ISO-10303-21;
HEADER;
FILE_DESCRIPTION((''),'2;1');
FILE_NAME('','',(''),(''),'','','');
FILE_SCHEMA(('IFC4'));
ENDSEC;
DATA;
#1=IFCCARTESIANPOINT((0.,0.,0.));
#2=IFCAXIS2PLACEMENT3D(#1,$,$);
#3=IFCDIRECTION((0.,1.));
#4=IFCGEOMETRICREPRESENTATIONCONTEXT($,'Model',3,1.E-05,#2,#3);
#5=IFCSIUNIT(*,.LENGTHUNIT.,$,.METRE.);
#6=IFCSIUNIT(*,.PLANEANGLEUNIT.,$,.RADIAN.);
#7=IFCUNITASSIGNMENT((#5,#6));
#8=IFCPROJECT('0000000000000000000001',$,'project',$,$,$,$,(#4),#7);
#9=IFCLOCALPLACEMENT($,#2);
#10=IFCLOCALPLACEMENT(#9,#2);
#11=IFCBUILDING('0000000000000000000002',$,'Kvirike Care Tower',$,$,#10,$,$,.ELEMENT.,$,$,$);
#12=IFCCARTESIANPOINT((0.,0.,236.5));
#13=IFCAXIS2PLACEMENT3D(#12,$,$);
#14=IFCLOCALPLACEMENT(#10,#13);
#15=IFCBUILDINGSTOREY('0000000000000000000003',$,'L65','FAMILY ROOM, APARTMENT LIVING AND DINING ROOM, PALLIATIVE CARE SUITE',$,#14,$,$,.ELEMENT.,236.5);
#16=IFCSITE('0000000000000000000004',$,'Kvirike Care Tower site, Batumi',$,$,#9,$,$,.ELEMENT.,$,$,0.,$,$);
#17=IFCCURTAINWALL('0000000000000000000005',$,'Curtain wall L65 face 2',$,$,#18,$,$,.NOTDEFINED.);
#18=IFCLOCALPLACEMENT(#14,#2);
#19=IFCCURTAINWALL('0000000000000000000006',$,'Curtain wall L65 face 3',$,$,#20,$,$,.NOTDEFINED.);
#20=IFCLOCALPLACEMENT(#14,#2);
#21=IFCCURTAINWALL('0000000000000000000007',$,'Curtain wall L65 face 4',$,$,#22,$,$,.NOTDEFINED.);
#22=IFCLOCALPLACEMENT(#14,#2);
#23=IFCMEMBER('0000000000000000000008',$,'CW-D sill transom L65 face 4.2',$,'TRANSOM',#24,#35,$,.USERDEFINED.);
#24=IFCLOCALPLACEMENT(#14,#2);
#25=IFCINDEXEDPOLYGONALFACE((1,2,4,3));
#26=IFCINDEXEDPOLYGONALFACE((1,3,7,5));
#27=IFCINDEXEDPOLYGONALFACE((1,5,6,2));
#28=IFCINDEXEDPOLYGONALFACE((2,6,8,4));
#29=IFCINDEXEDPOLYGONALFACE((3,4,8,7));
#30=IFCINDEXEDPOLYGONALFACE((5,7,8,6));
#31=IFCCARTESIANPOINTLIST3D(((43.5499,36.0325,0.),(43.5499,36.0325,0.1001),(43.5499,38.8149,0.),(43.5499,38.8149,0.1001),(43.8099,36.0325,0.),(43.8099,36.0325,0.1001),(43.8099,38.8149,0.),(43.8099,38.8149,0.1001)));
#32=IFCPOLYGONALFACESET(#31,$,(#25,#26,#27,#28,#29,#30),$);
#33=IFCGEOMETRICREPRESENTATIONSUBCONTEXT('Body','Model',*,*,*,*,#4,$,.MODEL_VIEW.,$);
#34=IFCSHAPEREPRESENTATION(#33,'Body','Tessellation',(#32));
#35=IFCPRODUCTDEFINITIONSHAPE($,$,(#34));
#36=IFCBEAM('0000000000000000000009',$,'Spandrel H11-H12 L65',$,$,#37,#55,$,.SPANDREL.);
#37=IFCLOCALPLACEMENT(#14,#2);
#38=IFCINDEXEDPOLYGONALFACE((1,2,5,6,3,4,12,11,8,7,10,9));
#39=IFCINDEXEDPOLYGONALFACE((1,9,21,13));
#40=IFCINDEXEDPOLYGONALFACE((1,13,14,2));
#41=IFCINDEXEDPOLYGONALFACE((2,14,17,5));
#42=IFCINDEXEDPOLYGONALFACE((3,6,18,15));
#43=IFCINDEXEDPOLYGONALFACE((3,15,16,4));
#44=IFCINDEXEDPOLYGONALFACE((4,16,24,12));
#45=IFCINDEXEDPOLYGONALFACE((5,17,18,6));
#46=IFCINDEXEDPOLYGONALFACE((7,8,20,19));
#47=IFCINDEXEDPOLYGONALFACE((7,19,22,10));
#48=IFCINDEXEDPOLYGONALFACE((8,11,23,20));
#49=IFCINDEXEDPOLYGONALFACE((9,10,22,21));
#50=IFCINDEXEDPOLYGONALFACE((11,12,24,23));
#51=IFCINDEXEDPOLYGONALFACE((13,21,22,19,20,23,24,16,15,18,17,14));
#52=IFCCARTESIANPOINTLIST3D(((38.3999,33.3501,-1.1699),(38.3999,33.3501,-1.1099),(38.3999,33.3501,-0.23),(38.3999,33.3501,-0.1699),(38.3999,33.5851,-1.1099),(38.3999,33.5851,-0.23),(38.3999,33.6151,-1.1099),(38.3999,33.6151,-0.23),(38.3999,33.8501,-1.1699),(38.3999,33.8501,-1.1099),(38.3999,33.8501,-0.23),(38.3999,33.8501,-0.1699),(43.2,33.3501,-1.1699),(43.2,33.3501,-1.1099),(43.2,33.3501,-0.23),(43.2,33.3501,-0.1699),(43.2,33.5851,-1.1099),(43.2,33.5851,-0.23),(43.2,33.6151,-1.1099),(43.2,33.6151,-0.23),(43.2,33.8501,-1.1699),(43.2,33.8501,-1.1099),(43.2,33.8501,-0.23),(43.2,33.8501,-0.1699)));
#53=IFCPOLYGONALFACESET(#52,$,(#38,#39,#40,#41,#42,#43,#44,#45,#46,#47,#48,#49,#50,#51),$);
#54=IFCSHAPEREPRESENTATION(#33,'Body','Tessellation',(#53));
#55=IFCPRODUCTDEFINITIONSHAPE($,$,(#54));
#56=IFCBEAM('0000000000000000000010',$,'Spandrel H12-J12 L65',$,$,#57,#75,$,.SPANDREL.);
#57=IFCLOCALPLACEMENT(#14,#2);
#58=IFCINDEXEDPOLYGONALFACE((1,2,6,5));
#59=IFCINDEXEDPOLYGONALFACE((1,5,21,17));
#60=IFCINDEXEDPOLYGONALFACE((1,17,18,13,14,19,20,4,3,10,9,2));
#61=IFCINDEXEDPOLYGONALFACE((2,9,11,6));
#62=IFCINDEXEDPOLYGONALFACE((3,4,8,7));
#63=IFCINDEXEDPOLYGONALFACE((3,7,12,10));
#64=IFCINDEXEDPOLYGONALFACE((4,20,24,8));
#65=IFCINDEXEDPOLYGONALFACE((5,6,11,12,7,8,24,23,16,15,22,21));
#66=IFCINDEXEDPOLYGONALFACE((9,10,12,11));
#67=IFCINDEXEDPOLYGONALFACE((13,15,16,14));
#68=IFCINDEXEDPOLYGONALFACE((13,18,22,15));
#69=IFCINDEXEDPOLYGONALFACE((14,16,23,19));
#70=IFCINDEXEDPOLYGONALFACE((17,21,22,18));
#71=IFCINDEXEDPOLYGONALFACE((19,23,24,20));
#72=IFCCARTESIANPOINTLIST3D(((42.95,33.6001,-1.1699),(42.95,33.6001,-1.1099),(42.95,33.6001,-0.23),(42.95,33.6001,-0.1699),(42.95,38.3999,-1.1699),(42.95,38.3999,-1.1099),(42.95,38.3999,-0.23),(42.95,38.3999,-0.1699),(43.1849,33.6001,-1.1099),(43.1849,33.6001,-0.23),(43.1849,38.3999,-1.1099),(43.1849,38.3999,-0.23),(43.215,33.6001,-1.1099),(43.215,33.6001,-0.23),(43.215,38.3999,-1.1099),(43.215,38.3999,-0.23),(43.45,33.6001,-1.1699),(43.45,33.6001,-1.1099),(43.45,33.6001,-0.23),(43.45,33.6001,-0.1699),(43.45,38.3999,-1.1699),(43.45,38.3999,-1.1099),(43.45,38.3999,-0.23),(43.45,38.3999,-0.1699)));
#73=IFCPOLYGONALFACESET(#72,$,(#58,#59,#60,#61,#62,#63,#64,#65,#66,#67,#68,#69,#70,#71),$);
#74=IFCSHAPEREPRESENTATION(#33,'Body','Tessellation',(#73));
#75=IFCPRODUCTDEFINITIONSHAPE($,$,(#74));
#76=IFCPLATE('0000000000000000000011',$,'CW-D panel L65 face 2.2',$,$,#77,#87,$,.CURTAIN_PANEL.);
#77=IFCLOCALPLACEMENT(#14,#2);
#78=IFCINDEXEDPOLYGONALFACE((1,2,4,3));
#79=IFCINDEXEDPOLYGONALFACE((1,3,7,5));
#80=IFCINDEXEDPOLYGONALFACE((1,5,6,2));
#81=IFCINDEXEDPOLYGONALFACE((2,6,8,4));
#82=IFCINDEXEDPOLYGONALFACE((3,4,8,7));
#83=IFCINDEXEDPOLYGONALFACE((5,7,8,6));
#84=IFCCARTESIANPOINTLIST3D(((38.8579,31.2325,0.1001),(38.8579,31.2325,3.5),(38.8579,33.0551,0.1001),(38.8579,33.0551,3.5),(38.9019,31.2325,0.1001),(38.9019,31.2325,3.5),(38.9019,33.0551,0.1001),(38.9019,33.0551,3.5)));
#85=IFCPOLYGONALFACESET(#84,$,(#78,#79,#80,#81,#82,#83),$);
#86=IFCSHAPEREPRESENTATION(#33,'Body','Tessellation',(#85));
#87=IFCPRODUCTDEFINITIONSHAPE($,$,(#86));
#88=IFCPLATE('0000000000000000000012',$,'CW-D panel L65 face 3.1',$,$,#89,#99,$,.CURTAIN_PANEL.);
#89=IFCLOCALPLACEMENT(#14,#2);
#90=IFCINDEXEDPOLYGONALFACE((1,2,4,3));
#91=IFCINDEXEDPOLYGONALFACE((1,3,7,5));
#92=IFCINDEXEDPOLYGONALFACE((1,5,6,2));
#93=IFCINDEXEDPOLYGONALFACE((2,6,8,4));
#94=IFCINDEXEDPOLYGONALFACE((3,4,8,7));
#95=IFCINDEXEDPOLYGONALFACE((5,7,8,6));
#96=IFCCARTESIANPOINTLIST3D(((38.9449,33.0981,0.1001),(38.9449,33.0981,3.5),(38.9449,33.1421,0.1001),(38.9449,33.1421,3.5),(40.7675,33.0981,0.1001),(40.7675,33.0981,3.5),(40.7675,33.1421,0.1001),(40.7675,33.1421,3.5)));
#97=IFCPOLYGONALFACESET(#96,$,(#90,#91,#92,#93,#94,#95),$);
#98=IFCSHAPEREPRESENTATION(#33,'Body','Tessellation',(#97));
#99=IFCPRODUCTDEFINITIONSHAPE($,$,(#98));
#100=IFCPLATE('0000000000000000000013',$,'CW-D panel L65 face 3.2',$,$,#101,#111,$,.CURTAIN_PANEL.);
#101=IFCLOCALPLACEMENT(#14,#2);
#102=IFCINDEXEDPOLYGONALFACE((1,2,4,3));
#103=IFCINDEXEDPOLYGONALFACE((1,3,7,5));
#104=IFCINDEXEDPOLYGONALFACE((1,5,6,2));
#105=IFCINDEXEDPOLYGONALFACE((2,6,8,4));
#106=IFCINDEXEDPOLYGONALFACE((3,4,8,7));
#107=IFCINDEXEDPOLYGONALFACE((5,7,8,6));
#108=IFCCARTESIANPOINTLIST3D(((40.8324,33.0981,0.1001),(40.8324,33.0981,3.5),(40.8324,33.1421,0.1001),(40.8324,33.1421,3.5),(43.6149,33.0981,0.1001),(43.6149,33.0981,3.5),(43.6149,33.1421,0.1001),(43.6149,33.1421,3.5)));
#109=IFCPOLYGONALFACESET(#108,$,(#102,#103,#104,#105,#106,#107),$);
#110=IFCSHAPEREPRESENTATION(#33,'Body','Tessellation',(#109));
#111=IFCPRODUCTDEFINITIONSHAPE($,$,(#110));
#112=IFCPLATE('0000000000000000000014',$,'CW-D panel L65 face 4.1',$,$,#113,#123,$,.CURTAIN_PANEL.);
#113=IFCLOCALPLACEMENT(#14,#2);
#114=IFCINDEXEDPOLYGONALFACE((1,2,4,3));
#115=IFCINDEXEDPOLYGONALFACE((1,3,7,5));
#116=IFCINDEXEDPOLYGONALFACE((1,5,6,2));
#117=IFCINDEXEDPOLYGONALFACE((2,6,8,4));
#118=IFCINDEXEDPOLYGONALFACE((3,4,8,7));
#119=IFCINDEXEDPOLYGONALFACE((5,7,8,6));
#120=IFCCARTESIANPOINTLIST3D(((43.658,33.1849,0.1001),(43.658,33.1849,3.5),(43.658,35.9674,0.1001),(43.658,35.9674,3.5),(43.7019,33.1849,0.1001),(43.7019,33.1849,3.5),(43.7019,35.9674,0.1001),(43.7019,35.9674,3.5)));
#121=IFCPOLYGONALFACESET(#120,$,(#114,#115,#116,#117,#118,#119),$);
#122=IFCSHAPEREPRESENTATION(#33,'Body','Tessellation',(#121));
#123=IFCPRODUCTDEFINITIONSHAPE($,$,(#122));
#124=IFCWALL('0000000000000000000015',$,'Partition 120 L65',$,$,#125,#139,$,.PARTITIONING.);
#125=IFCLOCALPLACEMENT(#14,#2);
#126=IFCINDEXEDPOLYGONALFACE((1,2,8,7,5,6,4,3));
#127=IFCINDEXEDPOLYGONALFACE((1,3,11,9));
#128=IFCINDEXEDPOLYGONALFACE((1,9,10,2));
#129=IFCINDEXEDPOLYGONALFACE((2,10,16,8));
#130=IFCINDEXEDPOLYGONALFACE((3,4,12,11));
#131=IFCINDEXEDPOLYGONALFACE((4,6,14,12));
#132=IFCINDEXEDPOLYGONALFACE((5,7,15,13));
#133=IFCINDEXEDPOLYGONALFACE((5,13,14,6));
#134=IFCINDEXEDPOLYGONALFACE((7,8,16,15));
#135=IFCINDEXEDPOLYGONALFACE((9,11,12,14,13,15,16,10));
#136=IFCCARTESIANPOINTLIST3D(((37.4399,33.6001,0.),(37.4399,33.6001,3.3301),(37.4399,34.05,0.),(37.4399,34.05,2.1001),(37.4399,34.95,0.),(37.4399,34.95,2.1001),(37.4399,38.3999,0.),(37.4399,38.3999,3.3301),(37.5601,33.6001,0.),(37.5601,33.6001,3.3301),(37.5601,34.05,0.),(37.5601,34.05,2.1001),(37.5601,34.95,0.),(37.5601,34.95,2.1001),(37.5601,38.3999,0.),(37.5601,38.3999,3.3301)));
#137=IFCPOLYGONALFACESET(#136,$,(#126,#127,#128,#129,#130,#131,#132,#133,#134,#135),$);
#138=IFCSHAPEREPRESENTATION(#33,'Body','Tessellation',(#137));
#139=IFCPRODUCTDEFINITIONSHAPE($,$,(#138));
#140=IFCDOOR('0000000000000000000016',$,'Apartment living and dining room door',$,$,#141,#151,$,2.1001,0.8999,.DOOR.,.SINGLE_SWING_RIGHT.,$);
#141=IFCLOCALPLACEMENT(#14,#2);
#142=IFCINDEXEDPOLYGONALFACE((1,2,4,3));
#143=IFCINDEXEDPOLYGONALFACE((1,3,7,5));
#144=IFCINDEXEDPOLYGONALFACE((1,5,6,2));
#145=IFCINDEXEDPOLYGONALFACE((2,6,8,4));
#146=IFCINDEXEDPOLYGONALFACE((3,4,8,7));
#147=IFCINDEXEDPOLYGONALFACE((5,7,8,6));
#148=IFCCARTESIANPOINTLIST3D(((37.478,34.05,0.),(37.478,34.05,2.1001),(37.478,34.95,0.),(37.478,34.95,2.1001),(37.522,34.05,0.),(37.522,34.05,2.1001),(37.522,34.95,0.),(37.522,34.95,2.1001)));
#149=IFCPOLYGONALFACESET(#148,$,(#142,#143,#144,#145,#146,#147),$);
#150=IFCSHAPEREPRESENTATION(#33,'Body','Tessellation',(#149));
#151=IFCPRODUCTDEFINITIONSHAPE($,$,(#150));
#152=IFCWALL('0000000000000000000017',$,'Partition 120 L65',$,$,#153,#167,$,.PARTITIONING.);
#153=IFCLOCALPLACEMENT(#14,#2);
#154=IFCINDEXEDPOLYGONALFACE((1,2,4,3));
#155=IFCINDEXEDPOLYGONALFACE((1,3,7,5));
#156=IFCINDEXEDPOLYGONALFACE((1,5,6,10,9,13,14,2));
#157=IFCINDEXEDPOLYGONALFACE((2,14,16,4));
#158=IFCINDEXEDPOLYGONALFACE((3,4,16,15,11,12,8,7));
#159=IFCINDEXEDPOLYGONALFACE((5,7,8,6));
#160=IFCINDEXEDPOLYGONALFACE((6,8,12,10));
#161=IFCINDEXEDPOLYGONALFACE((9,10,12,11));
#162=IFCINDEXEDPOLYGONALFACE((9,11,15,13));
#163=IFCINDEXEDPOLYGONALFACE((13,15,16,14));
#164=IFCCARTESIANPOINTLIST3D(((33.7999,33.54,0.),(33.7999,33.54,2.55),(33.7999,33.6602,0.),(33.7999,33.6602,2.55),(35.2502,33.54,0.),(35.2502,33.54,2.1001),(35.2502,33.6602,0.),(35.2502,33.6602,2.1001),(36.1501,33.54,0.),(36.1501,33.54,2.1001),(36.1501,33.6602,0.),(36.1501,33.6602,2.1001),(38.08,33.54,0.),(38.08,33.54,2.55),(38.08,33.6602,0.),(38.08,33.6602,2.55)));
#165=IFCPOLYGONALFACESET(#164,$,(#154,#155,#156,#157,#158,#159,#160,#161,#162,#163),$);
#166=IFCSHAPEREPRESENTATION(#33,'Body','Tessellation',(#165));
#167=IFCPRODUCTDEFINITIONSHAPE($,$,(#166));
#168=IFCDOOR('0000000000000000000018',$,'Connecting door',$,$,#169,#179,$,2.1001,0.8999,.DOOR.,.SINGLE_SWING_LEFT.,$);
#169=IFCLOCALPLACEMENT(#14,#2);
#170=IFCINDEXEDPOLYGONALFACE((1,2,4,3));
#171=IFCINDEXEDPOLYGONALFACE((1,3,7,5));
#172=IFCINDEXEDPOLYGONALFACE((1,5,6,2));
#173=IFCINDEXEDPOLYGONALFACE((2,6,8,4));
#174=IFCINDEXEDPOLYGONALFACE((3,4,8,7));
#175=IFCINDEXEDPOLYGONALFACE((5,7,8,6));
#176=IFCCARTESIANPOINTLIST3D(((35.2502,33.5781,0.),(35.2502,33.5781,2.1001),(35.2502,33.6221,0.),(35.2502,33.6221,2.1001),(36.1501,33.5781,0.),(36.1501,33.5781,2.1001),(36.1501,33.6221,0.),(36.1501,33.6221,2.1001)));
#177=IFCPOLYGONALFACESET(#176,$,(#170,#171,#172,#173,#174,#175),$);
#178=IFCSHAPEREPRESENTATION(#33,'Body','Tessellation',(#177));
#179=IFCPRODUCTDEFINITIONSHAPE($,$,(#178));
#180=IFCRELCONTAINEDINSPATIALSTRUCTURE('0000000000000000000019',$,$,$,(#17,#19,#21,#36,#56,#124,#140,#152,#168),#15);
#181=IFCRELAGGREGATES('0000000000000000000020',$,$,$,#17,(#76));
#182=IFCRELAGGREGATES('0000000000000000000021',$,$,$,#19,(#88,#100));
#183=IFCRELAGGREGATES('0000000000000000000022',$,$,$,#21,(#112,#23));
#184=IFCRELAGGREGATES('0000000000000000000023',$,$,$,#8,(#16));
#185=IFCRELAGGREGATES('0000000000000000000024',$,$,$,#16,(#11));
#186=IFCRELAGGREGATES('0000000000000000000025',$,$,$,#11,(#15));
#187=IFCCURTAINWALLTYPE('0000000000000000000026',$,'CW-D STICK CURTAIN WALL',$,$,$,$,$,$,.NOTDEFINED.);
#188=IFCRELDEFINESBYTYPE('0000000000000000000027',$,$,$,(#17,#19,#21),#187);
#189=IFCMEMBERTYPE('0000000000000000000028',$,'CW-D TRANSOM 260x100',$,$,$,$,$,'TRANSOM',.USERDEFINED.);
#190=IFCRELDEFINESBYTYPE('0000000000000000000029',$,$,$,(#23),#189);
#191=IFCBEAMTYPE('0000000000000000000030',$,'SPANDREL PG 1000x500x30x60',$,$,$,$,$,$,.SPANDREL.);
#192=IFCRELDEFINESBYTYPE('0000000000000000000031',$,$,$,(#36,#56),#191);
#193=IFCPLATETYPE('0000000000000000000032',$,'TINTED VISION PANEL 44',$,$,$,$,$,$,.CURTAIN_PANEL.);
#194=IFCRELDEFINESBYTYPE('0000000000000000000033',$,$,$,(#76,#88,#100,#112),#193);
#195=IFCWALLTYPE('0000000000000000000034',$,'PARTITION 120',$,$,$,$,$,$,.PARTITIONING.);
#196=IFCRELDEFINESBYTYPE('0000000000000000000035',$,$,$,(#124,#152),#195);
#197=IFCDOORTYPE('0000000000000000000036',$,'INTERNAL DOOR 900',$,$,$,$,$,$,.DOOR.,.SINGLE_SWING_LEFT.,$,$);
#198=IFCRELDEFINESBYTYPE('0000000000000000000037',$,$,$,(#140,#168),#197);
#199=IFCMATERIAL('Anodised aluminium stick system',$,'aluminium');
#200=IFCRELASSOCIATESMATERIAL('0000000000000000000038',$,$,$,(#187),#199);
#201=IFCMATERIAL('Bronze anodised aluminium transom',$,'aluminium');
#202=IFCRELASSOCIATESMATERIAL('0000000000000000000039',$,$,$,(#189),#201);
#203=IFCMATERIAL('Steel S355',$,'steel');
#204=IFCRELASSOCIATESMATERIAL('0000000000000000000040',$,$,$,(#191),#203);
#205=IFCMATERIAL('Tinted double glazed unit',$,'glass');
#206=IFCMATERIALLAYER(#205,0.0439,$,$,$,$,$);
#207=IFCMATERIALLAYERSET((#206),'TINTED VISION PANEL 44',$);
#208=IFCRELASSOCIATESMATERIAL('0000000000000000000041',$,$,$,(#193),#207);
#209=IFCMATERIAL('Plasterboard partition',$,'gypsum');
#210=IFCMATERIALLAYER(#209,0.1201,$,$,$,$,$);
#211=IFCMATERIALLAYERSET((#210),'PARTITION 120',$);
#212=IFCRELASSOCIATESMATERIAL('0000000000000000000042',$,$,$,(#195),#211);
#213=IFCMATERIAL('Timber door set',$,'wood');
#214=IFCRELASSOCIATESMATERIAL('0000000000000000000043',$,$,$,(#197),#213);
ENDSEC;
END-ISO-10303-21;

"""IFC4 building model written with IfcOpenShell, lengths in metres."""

from ifc_helpers import new_model, si_unit, direction, frame, frame_2d, origin, origin_2d, place, context, subcontext, project, spatial, rectangle, i_section, extrude, material, layer, layer_set, material_profile, profile_set, type_object, element, fill, aggregate, save


model = new_model("IFC4")

# Units and contexts
model_context = context("Model", 3, precision=1e-05, world=origin(), true_north=direction((0.0, 1.0)))
body_context = subcontext(model_context, "Body", "Model", "MODEL_VIEW")
ifc_project = project(units=[si_unit("LENGTHUNIT", "METRE"), si_unit("PLANEANGLEUNIT", "RADIAN")], contexts=[model_context])

# Site, building, storey
site_placement = place(None, origin())
site = spatial("IfcSite", under=ifc_project, at=site_placement, Name="Kvirike Care Tower site, Batumi", CompositionType="ELEMENT", RefElevation=0.0)
building_placement = place(site_placement, origin())
building = spatial("IfcBuilding", under=site, at=building_placement, Name="Kvirike Care Tower", CompositionType="ELEMENT")
storey_placement = place(building_placement, frame((0.0, 0.0, 236.5)))
storey = spatial("IfcBuildingStorey", under=building, at=storey_placement, Name="L65", Description="FAMILY ROOM, APARTMENT LIVING AND DINING ROOM, PALLIATIVE CARE SUITE", CompositionType="ELEMENT", Elevation=236.5)

# Curtain wall
ifc_material_1 = material(Name="Anodised aluminium stick system", Category="aluminium")
curtain_wall_type = type_object("IfcCurtainWallType", Name="CW-D STICK CURTAIN WALL", PredefinedType="NOTDEFINED", material=ifc_material_1)
curtain_wall_1_placement = place(storey_placement, origin())
curtain_wall_1 = element("IfcCurtainWall", 1, at=curtain_wall_1_placement, inside=storey, type_object=curtain_wall_type, Name="Curtain wall L65 face 2", PredefinedType="NOTDEFINED")

# Curtain walls
curtain_wall_2_placement = place(storey_placement, origin())
curtain_wall_2 = element("IfcCurtainWall", 2, at=curtain_wall_2_placement, inside=storey, type_object=curtain_wall_type, Name="Curtain wall L65 face 3", PredefinedType="NOTDEFINED")
curtain_wall_3_placement = place(storey_placement, origin())
curtain_wall_3 = element("IfcCurtainWall", 3, at=curtain_wall_3_placement, inside=storey, type_object=curtain_wall_type, Name="Curtain wall L65 face 4", PredefinedType="NOTDEFINED")

# Member
ifc_material_2 = material(Name="Bronze anodised aluminium transom", Category="aluminium")
ifc_material_profile_1 = material_profile(ifc_material_2, rectangle(XDim=0.26, YDim=0.1001, at=origin_2d()), Name="CW-D TRANSOM 260x100")
ifc_profile_set_1 = profile_set([ifc_material_profile_1], Name="Bronze anodised aluminium transom")
member_type_1 = type_object("IfcMemberType", Name="CW-D TRANSOM 260x100", ElementType="TRANSOM", PredefinedType="USERDEFINED", material=ifc_profile_set_1)
member_1_placement = place(storey_placement, frame((43.6799, 36.0325, 0.05), z_axis=(0.0, 1.0, 0.0), x_axis=(-1.0, 0.0, 0.0)))
member_1 = element("IfcMember", 4, at=member_1_placement, type_object=member_type_1, Name="CW-D sill transom L65 face 4.2", ObjectType="TRANSOM", PredefinedType="USERDEFINED", context=body_context, shape_type="SweptSolid", body=[
    extrude(rectangle(XDim=0.26, YDim=0.1001, at=origin_2d()), origin(), (0.0, 0.0, 1.0), 2.7825),
])

# Beams
ifc_material_3 = material(Name="Steel S355", Category="steel")
ifc_material_profile_2 = material_profile(ifc_material_3, i_section(OverallWidth=0.5, OverallDepth=1.0, WebThickness=0.03, FlangeThickness=0.0601, at=origin_2d()), Name="PG 1000x500x30x60")
ifc_profile_set_2 = profile_set([ifc_material_profile_2], Name="Steel S355")
beam_type = type_object("IfcBeamType", Name="SPANDREL PG 1000x500x30x60", PredefinedType="SPANDREL", material=ifc_profile_set_2)
beam_1_placement = place(storey_placement, frame((38.3999, 33.6001, -0.6699), z_axis=(1.0, 0.0, 0.0), x_axis=(0.0, 1.0, 0.0)))
element("IfcBeam", 5, at=beam_1_placement, inside=storey, type_object=beam_type, Name="Spandrel H11-H12 L65", PredefinedType="SPANDREL", context=body_context, shape_type="SweptSolid", body=[
    extrude(i_section(OverallWidth=0.5, OverallDepth=1.0, WebThickness=0.03, FlangeThickness=0.0601, at=origin_2d()), origin(), (0.0, 0.0, 1.0), 4.8),
])
beam_2_placement = place(storey_placement, frame((43.2, 33.6001, -0.6699), z_axis=(0.0, 1.0, 0.0), x_axis=(-1.0, 0.0, 0.0)))
element("IfcBeam", 6, at=beam_2_placement, inside=storey, type_object=beam_type, Name="Spandrel H12-J12 L65", PredefinedType="SPANDREL", context=body_context, shape_type="SweptSolid", body=[
    extrude(i_section(OverallWidth=0.5, OverallDepth=1.0, WebThickness=0.03, FlangeThickness=0.0601, at=origin_2d()), origin(), (0.0, 0.0, 1.0), 4.7998),
])

# Plates
ifc_material_4 = material(Name="Tinted double glazed unit", Category="glass")
ifc_layer_1 = layer(ifc_material_4, 0.0439)
ifc_layer_set_1 = layer_set([ifc_layer_1], Name="TINTED VISION PANEL 44")
plate_type = type_object("IfcPlateType", Name="TINTED VISION PANEL 44", PredefinedType="CURTAIN_PANEL", material=ifc_layer_set_1)
plate_1_placement = place(storey_placement, frame((38.8799, 32.1438, 0.1001), z_axis=(0.0, 0.0, 1.0), x_axis=(0.0, 1.0, 0.0)))
plate_1 = element("IfcPlate", 7, at=plate_1_placement, type_object=plate_type, Name="CW-D panel L65 face 2.2", PredefinedType="CURTAIN_PANEL", context=body_context, shape_type="SweptSolid", body=[
    extrude(rectangle(XDim=1.8225, YDim=0.0439, at=origin_2d()), origin(), (0.0, 0.0, 1.0), 3.3999),
])
aggregate(curtain_wall_1, [plate_1])
plate_2_placement = place(storey_placement, frame((39.8562, 33.1201, 0.1001), z_axis=(0.0, 0.0, 1.0), x_axis=(1.0, 0.0, 0.0)))
plate_2 = element("IfcPlate", 8, at=plate_2_placement, type_object=plate_type, Name="CW-D panel L65 face 3.1", PredefinedType="CURTAIN_PANEL", context=body_context, shape_type="SweptSolid", body=[
    extrude(rectangle(XDim=1.8225, YDim=0.0439, at=origin_2d()), origin(), (0.0, 0.0, 1.0), 3.3999),
])
plate_3_placement = place(storey_placement, frame((42.2236, 33.1201, 0.1001), z_axis=(0.0, 0.0, 1.0), x_axis=(1.0, 0.0, 0.0)))
plate_3 = element("IfcPlate", 9, at=plate_3_placement, type_object=plate_type, Name="CW-D panel L65 face 3.2", PredefinedType="CURTAIN_PANEL", context=body_context, shape_type="SweptSolid", body=[
    extrude(rectangle(XDim=2.7825, YDim=0.0439, at=origin_2d()), origin(), (0.0, 0.0, 1.0), 3.3999),
])
aggregate(curtain_wall_2, [plate_2, plate_3])
plate_4_placement = place(storey_placement, frame((43.6799, 34.5762, 0.1001), z_axis=(0.0, 0.0, 1.0), x_axis=(0.0, 1.0, 0.0)))
plate_4 = element("IfcPlate", 10, at=plate_4_placement, type_object=plate_type, Name="CW-D panel L65 face 4.1", PredefinedType="CURTAIN_PANEL", context=body_context, shape_type="SweptSolid", body=[
    extrude(rectangle(XDim=2.7825, YDim=0.0439, at=origin_2d()), origin(), (0.0, 0.0, 1.0), 3.3999),
])
aggregate(curtain_wall_3, [plate_4, member_1])

# Walls, openings, doors
ifc_material_5 = material(Name="Plasterboard partition", Category="gypsum")
ifc_layer_2 = layer(ifc_material_5, 0.1201)
ifc_layer_set_2 = layer_set([ifc_layer_2], Name="PARTITION 120")
wall_type_1 = type_object("IfcWallType", Name="PARTITION 120", PredefinedType="PARTITIONING", material=ifc_layer_set_2)
wall_1_placement = place(storey_placement, frame((37.5, 33.6001, 0.0), z_axis=(0.0, 0.0, 1.0), x_axis=(0.0, 1.0, 0.0)))
wall_1 = element("IfcWall", 11, at=wall_1_placement, inside=storey, type_object=wall_type_1, Name="Partition 120 L65", PredefinedType="PARTITIONING", context=body_context, shape_type="SweptSolid", body=[
    extrude(rectangle(XDim=4.7998, YDim=0.1201, at=frame_2d((2.3999, 0.0))), origin(), (0.0, 0.0, 1.0), 3.3301),
])
opening_1_placement = place(wall_1_placement, frame((0.45, 0.0, 0.0)))
opening_1 = element("IfcOpeningElement", 12, at=opening_1_placement, cuts=wall_1, PredefinedType="OPENING", context=body_context, shape_type="SweptSolid", body=[
    extrude(rectangle(XDim=0.8999, YDim=2.1001, at=frame_2d((0.45, 1.05))), frame((0.0, 0.0706, 0.0), z_axis=(0.0, -1.0, 0.0), x_axis=(1.0, 0.0, 0.0)), (0.0, 0.0, 1.0), 0.1411),
])
ifc_material_6 = material(Name="Timber door set", Category="wood")
door_type = type_object("IfcDoorType", Name="INTERNAL DOOR 900", OperationType="SINGLE_SWING_LEFT", PredefinedType="DOOR", material=ifc_material_6)
door_1_placement = place(opening_1_placement, origin())
door_1 = element("IfcDoor", 13, at=door_1_placement, inside=storey, type_object=door_type, Name="Apartment living and dining room door", OperationType="SINGLE_SWING_RIGHT", OverallHeight=2.1001, OverallWidth=0.8999, PredefinedType="DOOR", context=body_context, shape_type="SweptSolid", body=[
    extrude(rectangle(XDim=0.8999, YDim=2.1001, at=frame_2d((0.45, 1.05))), frame((0.0, 0.022, 0.0), z_axis=(0.0, -1.0, 0.0), x_axis=(1.0, 0.0, 0.0)), (0.0, 0.0, 1.0), 0.0439),
])
fill(opening_1, door_1)
wall_2_placement = place(storey_placement, frame((38.0801, 33.6001, 0.0), z_axis=(0.0, 0.0, 1.0), x_axis=(-1.0, 0.0, 0.0)))
wall_2 = element("IfcWall", 14, at=wall_2_placement, inside=storey, type_object=wall_type_1, Name="Partition 120 L65", PredefinedType="PARTITIONING", context=body_context, shape_type="SweptSolid", body=[
    extrude(rectangle(XDim=4.28, YDim=0.1201, at=frame_2d((2.1401, 0.0))), origin(), (0.0, 0.0, 1.0), 2.55),
])
opening_2_placement = place(wall_2_placement, frame((1.9299, 0.0, 0.0)))
opening_2 = element("IfcOpeningElement", 15, at=opening_2_placement, cuts=wall_2, PredefinedType="OPENING", context=body_context, shape_type="SweptSolid", body=[
    extrude(rectangle(XDim=0.8999, YDim=2.1001, at=frame_2d((0.45, 1.05))), frame((0.0, 0.0706, 0.0), z_axis=(0.0, -1.0, 0.0), x_axis=(1.0, 0.0, 0.0)), (0.0, 0.0, 1.0), 0.1411),
])
door_2_placement = place(opening_2_placement, origin())
door_2 = element("IfcDoor", 16, at=door_2_placement, inside=storey, type_object=door_type, Name="Connecting door", OperationType="SINGLE_SWING_LEFT", OverallHeight=2.1001, OverallWidth=0.8999, PredefinedType="DOOR", context=body_context, shape_type="SweptSolid", body=[
    extrude(rectangle(XDim=0.8999, YDim=2.1001, at=frame_2d((0.45, 1.05))), frame((0.0, 0.022, 0.0), z_axis=(0.0, -1.0, 0.0), x_axis=(1.0, 0.0, 0.0)), (0.0, 0.0, 1.0), 0.0439),
])
fill(opening_2, door_2)

save(model, "model.ifc")
